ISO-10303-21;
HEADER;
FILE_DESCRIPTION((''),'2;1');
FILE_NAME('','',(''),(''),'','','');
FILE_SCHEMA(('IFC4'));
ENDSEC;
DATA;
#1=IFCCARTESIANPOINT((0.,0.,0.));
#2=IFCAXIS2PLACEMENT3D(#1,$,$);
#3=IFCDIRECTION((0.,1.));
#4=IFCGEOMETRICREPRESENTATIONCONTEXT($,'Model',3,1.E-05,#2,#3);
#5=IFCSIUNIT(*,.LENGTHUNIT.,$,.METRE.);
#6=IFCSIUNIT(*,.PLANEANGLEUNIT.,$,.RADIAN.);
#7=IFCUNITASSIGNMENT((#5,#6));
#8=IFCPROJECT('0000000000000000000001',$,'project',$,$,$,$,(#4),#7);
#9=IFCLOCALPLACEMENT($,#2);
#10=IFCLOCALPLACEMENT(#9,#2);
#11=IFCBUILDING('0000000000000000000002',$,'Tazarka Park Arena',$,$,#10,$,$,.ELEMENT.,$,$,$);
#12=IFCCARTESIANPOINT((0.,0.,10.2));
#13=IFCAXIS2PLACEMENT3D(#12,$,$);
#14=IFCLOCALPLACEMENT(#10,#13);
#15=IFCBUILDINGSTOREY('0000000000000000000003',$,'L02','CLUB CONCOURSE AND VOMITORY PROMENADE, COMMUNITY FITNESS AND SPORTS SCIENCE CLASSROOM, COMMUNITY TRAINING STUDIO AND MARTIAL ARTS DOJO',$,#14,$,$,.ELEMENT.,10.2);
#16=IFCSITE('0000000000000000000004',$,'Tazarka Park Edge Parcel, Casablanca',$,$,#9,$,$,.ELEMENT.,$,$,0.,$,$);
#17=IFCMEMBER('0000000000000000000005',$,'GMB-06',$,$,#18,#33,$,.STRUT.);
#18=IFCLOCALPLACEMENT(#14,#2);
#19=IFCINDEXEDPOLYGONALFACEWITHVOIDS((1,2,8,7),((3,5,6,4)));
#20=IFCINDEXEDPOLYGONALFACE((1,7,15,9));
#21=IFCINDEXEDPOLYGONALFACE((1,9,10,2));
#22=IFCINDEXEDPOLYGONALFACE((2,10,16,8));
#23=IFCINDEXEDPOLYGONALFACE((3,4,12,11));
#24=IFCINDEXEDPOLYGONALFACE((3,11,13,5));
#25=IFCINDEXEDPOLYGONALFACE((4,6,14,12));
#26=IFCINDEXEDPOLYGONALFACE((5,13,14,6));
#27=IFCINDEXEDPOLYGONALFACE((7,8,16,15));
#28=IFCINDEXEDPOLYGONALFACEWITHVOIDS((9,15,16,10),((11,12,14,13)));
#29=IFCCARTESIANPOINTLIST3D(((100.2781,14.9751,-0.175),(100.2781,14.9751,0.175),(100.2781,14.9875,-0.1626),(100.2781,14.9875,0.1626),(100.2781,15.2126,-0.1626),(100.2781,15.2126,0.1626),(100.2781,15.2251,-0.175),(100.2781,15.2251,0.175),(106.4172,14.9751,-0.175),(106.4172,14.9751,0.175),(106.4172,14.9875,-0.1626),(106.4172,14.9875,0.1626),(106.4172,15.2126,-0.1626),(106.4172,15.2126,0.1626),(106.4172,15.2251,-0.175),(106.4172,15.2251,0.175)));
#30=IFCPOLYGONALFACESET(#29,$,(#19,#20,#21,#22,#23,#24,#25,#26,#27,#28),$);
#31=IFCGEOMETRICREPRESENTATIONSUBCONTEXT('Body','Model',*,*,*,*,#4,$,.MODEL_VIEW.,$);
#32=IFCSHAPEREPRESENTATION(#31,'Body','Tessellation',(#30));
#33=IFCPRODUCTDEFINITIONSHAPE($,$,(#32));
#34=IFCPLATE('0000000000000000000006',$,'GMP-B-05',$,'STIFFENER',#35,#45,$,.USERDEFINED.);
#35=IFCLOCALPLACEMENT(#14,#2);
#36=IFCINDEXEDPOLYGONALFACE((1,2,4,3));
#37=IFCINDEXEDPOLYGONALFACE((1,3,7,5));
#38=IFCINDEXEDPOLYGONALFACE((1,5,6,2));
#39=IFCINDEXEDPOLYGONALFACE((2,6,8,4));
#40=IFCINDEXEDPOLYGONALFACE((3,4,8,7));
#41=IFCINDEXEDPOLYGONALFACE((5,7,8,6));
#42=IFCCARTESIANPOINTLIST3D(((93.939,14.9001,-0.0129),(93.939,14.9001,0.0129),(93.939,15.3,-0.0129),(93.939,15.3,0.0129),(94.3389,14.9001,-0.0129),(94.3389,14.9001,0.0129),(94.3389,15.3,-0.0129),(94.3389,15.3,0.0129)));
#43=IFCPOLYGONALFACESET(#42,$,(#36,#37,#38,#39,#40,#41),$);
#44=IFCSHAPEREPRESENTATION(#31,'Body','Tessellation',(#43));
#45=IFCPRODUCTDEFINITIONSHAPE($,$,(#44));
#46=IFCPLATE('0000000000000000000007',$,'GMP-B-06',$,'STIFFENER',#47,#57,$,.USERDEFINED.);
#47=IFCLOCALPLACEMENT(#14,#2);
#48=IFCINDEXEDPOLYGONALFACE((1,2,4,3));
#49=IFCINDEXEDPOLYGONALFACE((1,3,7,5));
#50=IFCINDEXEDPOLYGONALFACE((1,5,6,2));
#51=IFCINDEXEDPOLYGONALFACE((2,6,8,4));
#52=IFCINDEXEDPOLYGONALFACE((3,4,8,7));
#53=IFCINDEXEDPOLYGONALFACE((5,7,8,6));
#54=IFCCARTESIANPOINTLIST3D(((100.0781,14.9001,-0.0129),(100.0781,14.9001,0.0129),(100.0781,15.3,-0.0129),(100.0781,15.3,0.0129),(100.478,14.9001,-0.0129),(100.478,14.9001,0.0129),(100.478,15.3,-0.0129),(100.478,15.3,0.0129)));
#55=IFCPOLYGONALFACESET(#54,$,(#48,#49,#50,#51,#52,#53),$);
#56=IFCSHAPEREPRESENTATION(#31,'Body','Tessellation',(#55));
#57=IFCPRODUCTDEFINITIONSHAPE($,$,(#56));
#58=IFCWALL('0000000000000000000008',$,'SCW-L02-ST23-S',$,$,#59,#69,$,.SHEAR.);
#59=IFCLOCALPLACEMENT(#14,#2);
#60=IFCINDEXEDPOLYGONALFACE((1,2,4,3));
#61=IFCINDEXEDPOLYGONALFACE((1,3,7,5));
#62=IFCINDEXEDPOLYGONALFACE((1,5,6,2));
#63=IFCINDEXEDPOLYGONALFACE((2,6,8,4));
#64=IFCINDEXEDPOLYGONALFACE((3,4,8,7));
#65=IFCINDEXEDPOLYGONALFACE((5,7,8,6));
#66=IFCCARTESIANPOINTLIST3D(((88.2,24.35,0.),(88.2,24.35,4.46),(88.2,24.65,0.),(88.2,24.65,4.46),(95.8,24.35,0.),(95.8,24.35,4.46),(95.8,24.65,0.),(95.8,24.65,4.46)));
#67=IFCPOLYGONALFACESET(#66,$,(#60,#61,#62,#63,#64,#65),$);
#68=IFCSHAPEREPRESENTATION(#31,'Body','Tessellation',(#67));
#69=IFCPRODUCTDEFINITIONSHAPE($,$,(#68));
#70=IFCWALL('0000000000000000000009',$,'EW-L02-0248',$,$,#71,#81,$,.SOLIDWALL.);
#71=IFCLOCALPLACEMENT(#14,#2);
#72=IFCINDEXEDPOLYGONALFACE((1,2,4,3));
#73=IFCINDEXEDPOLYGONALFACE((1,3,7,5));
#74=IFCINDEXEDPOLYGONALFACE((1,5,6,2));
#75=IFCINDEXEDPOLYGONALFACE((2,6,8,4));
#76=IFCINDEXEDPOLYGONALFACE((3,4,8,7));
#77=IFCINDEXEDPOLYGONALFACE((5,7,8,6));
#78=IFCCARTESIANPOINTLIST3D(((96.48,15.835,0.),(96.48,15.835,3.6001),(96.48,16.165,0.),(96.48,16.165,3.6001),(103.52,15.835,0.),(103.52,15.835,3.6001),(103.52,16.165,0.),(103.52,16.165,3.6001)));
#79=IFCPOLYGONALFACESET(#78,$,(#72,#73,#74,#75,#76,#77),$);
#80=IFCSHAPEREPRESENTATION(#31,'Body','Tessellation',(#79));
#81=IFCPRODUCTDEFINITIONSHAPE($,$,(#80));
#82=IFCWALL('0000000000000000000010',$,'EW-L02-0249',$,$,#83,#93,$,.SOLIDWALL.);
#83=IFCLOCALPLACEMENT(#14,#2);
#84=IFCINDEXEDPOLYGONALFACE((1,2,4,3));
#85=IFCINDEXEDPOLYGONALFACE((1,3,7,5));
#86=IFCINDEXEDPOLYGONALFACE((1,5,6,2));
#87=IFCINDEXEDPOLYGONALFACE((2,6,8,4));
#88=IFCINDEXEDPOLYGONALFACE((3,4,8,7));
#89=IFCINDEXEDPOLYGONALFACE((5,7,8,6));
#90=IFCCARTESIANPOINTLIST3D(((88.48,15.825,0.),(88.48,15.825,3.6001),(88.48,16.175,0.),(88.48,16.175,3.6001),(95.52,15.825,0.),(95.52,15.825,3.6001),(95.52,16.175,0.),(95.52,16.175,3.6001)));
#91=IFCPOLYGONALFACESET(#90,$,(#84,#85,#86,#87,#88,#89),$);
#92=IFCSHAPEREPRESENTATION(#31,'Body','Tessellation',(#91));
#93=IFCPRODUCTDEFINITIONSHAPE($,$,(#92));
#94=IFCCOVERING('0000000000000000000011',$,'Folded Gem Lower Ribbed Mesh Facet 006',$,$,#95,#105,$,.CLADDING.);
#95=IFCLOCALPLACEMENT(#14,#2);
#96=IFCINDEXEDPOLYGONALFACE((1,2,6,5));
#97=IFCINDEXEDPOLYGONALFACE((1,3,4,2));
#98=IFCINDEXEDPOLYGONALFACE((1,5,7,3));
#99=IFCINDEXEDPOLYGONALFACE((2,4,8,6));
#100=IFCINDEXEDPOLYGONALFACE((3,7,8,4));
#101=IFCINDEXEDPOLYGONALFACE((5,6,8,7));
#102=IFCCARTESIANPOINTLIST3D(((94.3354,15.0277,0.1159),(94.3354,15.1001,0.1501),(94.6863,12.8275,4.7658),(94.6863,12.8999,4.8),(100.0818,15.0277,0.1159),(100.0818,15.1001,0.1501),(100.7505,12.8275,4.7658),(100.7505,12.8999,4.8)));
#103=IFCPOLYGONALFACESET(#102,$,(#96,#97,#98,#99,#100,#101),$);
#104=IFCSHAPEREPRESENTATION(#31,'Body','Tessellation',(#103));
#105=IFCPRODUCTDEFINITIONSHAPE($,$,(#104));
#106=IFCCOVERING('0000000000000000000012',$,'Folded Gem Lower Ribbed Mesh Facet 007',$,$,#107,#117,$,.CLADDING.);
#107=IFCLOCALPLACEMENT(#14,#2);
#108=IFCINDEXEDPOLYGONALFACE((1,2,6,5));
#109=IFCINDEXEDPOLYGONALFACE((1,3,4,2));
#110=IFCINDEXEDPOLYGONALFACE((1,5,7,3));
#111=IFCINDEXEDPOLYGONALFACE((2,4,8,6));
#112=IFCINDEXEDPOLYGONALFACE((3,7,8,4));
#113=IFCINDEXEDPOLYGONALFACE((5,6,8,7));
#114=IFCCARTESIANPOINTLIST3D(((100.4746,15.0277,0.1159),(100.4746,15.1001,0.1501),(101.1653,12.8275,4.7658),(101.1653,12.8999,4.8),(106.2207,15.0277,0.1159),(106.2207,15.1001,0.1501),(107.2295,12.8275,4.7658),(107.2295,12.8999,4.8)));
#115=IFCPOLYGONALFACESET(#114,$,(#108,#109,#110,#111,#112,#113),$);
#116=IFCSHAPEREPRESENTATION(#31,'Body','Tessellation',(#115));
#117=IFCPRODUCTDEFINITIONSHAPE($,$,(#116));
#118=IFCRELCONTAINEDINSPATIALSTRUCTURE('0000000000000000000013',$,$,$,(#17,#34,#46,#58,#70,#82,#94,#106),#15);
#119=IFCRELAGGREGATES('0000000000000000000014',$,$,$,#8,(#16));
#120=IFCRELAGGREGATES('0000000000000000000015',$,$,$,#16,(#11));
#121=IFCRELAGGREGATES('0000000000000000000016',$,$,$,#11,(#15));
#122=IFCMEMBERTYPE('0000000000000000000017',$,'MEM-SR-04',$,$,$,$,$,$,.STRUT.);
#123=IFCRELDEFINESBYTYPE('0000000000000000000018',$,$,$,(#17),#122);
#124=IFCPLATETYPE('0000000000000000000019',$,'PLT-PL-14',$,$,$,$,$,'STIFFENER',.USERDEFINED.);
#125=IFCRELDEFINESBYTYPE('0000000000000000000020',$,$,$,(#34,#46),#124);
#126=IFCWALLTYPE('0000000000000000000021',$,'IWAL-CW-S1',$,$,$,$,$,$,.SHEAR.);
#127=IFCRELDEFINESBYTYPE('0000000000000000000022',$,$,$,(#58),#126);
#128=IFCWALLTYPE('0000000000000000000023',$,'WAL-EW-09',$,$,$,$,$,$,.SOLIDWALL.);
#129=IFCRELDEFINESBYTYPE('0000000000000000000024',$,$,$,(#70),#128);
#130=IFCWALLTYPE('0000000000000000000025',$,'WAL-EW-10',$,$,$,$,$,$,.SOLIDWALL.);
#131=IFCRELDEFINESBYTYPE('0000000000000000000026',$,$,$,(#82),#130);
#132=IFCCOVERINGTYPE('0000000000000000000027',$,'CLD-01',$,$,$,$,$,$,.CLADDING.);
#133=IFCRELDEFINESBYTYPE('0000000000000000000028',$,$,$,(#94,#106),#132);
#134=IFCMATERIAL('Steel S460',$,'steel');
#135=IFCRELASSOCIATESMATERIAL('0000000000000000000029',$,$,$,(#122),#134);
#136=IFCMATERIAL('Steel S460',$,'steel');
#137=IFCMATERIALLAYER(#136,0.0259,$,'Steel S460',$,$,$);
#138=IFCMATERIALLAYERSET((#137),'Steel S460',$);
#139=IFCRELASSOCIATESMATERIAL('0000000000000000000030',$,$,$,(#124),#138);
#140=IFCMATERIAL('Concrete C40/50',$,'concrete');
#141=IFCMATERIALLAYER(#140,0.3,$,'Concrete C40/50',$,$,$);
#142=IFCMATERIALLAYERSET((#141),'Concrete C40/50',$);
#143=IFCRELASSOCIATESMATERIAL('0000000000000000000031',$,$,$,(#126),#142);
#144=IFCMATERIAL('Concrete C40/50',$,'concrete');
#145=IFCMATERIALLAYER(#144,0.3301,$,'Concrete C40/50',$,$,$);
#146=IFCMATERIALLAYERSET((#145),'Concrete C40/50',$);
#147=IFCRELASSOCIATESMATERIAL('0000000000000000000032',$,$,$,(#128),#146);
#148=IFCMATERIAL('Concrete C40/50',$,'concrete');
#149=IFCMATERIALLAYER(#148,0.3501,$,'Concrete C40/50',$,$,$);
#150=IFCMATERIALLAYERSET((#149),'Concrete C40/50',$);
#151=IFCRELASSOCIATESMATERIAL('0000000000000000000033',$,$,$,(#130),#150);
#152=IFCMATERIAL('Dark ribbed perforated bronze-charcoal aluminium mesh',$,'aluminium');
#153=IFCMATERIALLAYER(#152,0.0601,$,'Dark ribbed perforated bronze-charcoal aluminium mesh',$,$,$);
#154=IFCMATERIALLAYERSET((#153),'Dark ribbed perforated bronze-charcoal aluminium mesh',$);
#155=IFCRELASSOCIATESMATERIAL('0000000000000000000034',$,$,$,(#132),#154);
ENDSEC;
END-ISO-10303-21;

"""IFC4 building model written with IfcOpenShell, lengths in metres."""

from ifc_helpers import new_model, si_unit, direction, frame, frame_2d, origin, origin_2d, place, context, subcontext, project, spatial, polyline, rectangle, hollow_rectangle, outline, extrude, material, layer, layer_set, material_profile, profile_set, type_object, element, save


model = new_model("IFC4")

# Units and contexts
model_context = context("Model", 3, precision=1e-05, world=origin(), true_north=direction((0.0, 1.0)))
body_context = subcontext(model_context, "Body", "Model", "MODEL_VIEW")
ifc_project = project(units=[si_unit("LENGTHUNIT", "METRE"), si_unit("PLANEANGLEUNIT", "RADIAN")], contexts=[model_context])

# Site, building, storey
site_placement = place(None, origin())
site = spatial("IfcSite", under=ifc_project, at=site_placement, Name="Tazarka Park Edge Parcel, Casablanca", CompositionType="ELEMENT", RefElevation=0.0)
building_placement = place(site_placement, origin())
building = spatial("IfcBuilding", under=site, at=building_placement, Name="Tazarka Park Arena", CompositionType="ELEMENT")
storey_placement = place(building_placement, frame((0.0, 0.0, 10.2)))
storey = spatial("IfcBuildingStorey", under=building, at=storey_placement, Name="L02", Description="CLUB CONCOURSE AND VOMITORY PROMENADE, COMMUNITY FITNESS AND SPORTS SCIENCE CLASSROOM, COMMUNITY TRAINING STUDIO AND MARTIAL ARTS DOJO", CompositionType="ELEMENT", Elevation=10.2)

# Member
ifc_material_1 = material(Name="Steel S460", Category="steel")
ifc_material_profile_1 = material_profile(ifc_material_1, hollow_rectangle(XDim=0.25, YDim=0.3501, WallThickness=0.0125, at=origin_2d()), Name="Steel S460")
ifc_profile_set_1 = profile_set([ifc_material_profile_1], Name="Steel S460")
member_type_1 = type_object("IfcMemberType", Name="MEM-SR-04", PredefinedType="STRUT", material=ifc_profile_set_1)
for number, where, z_axis, x_axis, name in (
    (1, (100.2781, 15.1001, 0.0), (1.0, 0.0, 0.0), (0.0, 1.0, 0.0), "GMB-06"),
):
    element("IfcMember", number, at=place(storey_placement, frame(where, z_axis=z_axis, x_axis=x_axis)), inside=storey, type_object=member_type_1, Name=name, PredefinedType="STRUT", context=body_context, shape_type="SweptSolid", body=[
        extrude(hollow_rectangle(XDim=0.25, YDim=0.3501, WallThickness=0.0125, at=origin_2d()), origin(), (0.0, 0.0, 1.0), 6.1392),
    ])

# Plates
ifc_material_2 = material(Name="Steel S460", Category="steel")
ifc_layer_1 = layer(ifc_material_2, 0.0259, Name="Steel S460")
ifc_layer_set_1 = layer_set([ifc_layer_1], Name="Steel S460")
plate_type = type_object("IfcPlateType", Name="PLT-PL-14", ElementType="STIFFENER", PredefinedType="USERDEFINED", material=ifc_layer_set_1)
for number, where, z_axis, x_axis, name in (
    (2, (94.1389, 15.1001, -0.0129), (0.0, 0.0, 1.0), (1.0, 0.0, 0.0), "GMP-B-05"),
    (3, (100.2781, 15.1001, -0.0129), (0.0, 0.0, 1.0), (1.0, 0.0, 0.0), "GMP-B-06"),
):
    element("IfcPlate", number, at=place(storey_placement, frame(where, z_axis=z_axis, x_axis=x_axis)), inside=storey, type_object=plate_type, Name=name, ObjectType="STIFFENER", PredefinedType="USERDEFINED", context=body_context, shape_type="SweptSolid", body=[
        extrude(rectangle(XDim=0.3999, YDim=0.3999, at=origin_2d()), origin(), (0.0, 0.0, 1.0), 0.0259),
    ])

# Walls
ifc_material_3 = material(Name="Concrete C40/50", Category="concrete")
ifc_layer_2 = layer(ifc_material_3, 0.3, Name="Concrete C40/50")
ifc_layer_set_2 = layer_set([ifc_layer_2], Name="Concrete C40/50")
wall_type_1 = type_object("IfcWallType", Name="IWAL-CW-S1", PredefinedType="SHEAR", material=ifc_layer_set_2)
wall_1_placement = place(storey_placement, frame((95.8, 24.5, 0.0), z_axis=(0.0, 0.0, 1.0), x_axis=(-1.0, 0.0, 0.0)))
element("IfcWall", 4, at=wall_1_placement, inside=storey, type_object=wall_type_1, Name="SCW-L02-ST23-S", PredefinedType="SHEAR", context=body_context, shape_type="SweptSolid", body=[
    extrude(rectangle(XDim=7.6001, YDim=0.3, at=frame_2d((3.8, 0.0))), origin(), (0.0, 0.0, 1.0), 4.46),
])
ifc_material_4 = material(Name="Concrete C40/50", Category="concrete")
ifc_layer_3 = layer(ifc_material_4, 0.3301, Name="Concrete C40/50")
ifc_layer_set_3 = layer_set([ifc_layer_3], Name="Concrete C40/50")
wall_type_2 = type_object("IfcWallType", Name="WAL-EW-09", PredefinedType="SOLIDWALL", material=ifc_layer_set_3)
wall_2_placement = place(storey_placement, frame((103.52, 16.0, 0.0), z_axis=(0.0, 0.0, 1.0), x_axis=(-1.0, 0.0, 0.0)))
element("IfcWall", 5, at=wall_2_placement, inside=storey, type_object=wall_type_2, Name="EW-L02-0248", PredefinedType="SOLIDWALL", context=body_context, shape_type="SweptSolid", body=[
    extrude(rectangle(XDim=7.04, YDim=0.3301, at=frame_2d((3.52, 0.0))), origin(), (0.0, 0.0, 1.0), 3.6001),
])
ifc_material_5 = material(Name="Concrete C40/50", Category="concrete")
ifc_layer_4 = layer(ifc_material_5, 0.3501, Name="Concrete C40/50")
ifc_layer_set_4 = layer_set([ifc_layer_4], Name="Concrete C40/50")
wall_type_3 = type_object("IfcWallType", Name="WAL-EW-10", PredefinedType="SOLIDWALL", material=ifc_layer_set_4)
wall_3_placement = place(storey_placement, frame((95.52, 16.0, 0.0), z_axis=(0.0, 0.0, 1.0), x_axis=(-1.0, 0.0, 0.0)))
element("IfcWall", 6, at=wall_3_placement, inside=storey, type_object=wall_type_3, Name="EW-L02-0249", PredefinedType="SOLIDWALL", context=body_context, shape_type="SweptSolid", body=[
    extrude(rectangle(XDim=7.04, YDim=0.3501, at=frame_2d((3.52, 0.0))), origin(), (0.0, 0.0, 1.0), 3.6001),
])

# Coverings
ifc_material_6 = material(Name="Dark ribbed perforated bronze-charcoal aluminium mesh", Category="aluminium")
ifc_layer_5 = layer(ifc_material_6, 0.0601, Name="Dark ribbed perforated bronze-charcoal aluminium mesh")
ifc_layer_set_5 = layer_set([ifc_layer_5], Name="Dark ribbed perforated bronze-charcoal aluminium mesh")
covering_type = type_object("IfcCoveringType", Name="CLD-01", PredefinedType="CLADDING", material=ifc_layer_set_5)
covering_1_placement = place(storey_placement, frame((94.3354, 15.1001, 0.1501), z_axis=(0.0, 0.903918, 0.427707), x_axis=(1.0, 0.0, 0.0)))
element("IfcCovering", 7, at=covering_1_placement, inside=storey, type_object=covering_type, Name="Folded Gem Lower Ribbed Mesh Facet 006", PredefinedType="CLADDING", context=body_context, shape_type="SweptSolid", body=[
    extrude(outline(polyline([(0.0, 0.0), (5.7463, 0.0), (6.415, -5.1442), (0.3508, -5.1442), (0.0, 0.0)])), origin(), (0.0, 0.0, -1.0), 0.0801),
])
covering_2_placement = place(storey_placement, frame((100.4746, 15.1001, 0.1501), z_axis=(0.0, 0.903918, 0.427707), x_axis=(1.0, 0.0, 0.0)))
element("IfcCovering", 8, at=covering_2_placement, inside=storey, type_object=covering_type, Name="Folded Gem Lower Ribbed Mesh Facet 007", PredefinedType="CLADDING", context=body_context, shape_type="SweptSolid", body=[
    extrude(outline(polyline([(0.0, 0.0), (5.7461, 0.0), (6.7549, -5.1442), (0.6907, -5.1442), (0.0, 0.0)])), origin(), (0.0, 0.0, -1.0), 0.0801),
])

save(model, "model.ifc")
